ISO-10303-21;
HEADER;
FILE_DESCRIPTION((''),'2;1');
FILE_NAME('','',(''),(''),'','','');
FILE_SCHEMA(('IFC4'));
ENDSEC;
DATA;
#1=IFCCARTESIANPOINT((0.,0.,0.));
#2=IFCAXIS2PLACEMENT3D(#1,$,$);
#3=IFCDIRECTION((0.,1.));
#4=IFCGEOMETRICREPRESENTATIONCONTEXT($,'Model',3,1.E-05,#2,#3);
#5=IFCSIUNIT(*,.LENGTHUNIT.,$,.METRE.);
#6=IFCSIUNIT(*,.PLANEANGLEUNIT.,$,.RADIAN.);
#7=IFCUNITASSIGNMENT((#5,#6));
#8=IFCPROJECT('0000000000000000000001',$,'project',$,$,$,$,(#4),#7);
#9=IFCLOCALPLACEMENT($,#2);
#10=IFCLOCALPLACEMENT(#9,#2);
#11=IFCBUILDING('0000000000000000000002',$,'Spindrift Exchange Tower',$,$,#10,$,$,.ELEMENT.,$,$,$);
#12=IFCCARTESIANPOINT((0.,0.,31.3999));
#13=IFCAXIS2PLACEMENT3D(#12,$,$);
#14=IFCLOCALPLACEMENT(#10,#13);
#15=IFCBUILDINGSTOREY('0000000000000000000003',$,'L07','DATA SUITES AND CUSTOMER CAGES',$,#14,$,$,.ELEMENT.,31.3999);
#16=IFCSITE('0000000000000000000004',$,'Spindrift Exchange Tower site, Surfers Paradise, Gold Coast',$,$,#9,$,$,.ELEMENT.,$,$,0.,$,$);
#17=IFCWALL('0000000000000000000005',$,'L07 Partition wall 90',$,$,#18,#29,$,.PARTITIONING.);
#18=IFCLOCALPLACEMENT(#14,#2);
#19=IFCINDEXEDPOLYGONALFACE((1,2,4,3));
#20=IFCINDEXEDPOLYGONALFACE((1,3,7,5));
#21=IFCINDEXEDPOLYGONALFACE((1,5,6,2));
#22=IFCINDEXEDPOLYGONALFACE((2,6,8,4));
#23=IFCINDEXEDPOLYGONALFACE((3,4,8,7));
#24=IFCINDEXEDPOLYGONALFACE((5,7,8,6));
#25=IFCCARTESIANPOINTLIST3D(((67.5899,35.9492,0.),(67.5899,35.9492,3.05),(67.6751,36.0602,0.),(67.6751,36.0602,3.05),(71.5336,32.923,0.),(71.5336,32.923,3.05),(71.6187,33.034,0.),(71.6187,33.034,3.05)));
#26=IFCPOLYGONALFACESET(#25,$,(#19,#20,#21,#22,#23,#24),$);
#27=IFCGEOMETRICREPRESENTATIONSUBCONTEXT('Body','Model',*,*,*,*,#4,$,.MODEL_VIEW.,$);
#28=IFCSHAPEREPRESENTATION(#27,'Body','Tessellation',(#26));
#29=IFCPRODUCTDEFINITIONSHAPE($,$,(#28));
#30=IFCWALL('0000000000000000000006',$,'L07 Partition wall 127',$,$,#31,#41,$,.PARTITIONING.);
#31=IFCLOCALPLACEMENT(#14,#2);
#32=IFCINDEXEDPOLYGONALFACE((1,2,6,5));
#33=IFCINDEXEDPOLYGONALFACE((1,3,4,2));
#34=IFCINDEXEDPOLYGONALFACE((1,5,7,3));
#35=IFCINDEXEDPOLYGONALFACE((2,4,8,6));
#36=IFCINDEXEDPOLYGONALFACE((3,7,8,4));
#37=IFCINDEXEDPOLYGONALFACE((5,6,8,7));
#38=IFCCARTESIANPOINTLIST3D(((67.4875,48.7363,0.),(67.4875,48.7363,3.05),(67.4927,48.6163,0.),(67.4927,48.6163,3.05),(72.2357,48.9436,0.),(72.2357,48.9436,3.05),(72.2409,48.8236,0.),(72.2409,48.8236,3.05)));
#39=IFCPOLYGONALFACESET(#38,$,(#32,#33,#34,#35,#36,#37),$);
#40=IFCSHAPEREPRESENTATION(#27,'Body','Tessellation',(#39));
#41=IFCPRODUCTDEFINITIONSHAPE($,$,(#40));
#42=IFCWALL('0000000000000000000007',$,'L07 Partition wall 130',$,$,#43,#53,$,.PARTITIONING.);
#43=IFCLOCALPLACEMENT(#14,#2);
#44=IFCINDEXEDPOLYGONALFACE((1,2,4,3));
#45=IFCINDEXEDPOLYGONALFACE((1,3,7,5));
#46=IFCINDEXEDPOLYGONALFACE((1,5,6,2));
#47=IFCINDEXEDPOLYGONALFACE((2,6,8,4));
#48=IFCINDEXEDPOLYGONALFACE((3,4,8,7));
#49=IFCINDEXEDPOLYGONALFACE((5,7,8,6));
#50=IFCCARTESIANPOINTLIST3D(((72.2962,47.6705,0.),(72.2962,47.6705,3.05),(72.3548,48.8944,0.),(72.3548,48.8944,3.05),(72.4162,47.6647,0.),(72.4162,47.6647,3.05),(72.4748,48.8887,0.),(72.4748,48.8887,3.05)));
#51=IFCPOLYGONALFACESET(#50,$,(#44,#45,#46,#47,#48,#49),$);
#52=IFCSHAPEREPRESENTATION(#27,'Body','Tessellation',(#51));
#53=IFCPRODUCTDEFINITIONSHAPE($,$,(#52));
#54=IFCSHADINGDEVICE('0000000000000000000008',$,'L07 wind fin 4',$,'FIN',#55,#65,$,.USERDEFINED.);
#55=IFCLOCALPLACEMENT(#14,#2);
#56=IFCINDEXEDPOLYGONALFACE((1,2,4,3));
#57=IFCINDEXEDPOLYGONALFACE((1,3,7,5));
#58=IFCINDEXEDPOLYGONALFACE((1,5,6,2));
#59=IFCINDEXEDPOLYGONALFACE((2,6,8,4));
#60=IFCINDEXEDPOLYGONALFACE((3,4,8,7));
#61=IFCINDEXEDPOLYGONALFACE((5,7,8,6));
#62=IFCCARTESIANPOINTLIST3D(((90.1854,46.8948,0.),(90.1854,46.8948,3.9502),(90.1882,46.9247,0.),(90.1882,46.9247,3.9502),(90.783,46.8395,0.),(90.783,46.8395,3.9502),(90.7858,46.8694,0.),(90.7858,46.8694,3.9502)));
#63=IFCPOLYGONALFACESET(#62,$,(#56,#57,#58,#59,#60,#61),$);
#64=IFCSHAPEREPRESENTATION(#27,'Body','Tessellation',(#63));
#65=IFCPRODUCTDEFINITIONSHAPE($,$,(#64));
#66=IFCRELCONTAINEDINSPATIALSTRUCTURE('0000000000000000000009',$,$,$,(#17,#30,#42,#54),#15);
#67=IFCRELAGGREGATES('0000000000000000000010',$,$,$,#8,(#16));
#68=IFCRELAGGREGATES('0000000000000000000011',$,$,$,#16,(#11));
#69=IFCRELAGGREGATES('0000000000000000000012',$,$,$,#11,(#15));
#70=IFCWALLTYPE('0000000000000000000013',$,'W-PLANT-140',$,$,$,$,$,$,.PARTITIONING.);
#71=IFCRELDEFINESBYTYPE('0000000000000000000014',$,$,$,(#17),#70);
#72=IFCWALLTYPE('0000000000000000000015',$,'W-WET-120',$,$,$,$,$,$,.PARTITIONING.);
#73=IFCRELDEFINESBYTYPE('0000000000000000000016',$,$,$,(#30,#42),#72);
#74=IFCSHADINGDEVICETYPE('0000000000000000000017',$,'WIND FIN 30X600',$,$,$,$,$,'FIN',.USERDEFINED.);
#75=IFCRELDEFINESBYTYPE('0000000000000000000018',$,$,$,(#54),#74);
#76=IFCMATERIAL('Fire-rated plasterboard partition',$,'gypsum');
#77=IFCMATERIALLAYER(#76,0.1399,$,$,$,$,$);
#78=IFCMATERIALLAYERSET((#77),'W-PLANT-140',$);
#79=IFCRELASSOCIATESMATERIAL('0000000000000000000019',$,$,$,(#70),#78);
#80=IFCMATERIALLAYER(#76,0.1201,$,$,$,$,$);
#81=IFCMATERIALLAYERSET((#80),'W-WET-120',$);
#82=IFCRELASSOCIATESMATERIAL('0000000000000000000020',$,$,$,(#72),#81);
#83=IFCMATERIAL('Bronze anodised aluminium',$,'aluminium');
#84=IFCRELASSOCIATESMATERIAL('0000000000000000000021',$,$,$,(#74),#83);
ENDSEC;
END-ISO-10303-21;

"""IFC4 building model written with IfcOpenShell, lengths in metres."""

from ifc_helpers import new_model, si_unit, direction, frame, frame_2d, origin, origin_2d, place, context, subcontext, project, spatial, rectangle, extrude, source, transform, mapped, material, layer, layer_set, material_profile, profile_set, type_object, element, save


model = new_model("IFC4")

# Units and contexts
model_context = context("Model", 3, precision=1e-05, world=origin(), true_north=direction((0.0, 1.0)))
body_context = subcontext(model_context, "Body", "Model", "MODEL_VIEW")
ifc_project = project(units=[si_unit("LENGTHUNIT", "METRE"), si_unit("PLANEANGLEUNIT", "RADIAN")], contexts=[model_context])

# Site, building, storey
site_placement = place(None, origin())
site = spatial("IfcSite", under=ifc_project, at=site_placement, Name="Spindrift Exchange Tower site, Surfers Paradise, Gold Coast", CompositionType="ELEMENT", RefElevation=0.0)
building_placement = place(site_placement, origin())
building = spatial("IfcBuilding", under=site, at=building_placement, Name="Spindrift Exchange Tower", CompositionType="ELEMENT")
storey_placement = place(building_placement, frame((0.0, 0.0, 31.3999)))
storey = spatial("IfcBuildingStorey", under=building, at=storey_placement, Name="L07", Description="DATA SUITES AND CUSTOMER CAGES", CompositionType="ELEMENT", Elevation=31.3999)

# Shared definitions
ifc_material_1 = material(Name="Bronze anodised aluminium", Category="aluminium")

# Shared definitions
ifc_material_2 = material(Name="Fire-rated plasterboard partition", Category="gypsum")

# Walls
ifc_layer_1 = layer(ifc_material_2, 0.1399)
ifc_layer_set_1 = layer_set([ifc_layer_1], Name="W-PLANT-140")
wall_type_1 = type_object("IfcWallType", Name="W-PLANT-140", PredefinedType="PARTITIONING", material=ifc_layer_set_1)
wall_1_placement = place(storey_placement, frame((67.6326, 36.0046, 0.0), z_axis=(0.0, 0.0, 1.0), x_axis=(0.793345, -0.608773, 0.0)))
element("IfcWall", 1, at=wall_1_placement, inside=storey, type_object=wall_type_1, Name="L07 Partition wall 90", PredefinedType="PARTITIONING", context=body_context, shape_type="SweptSolid", body=[
    extrude(rectangle(XDim=4.9709, YDim=0.1399, at=frame_2d((2.4854, 0.0))), origin(), (0.0, 0.0, 1.0), 3.05),
])
ifc_layer_2 = layer(ifc_material_2, 0.1201)
ifc_layer_set_2 = layer_set([ifc_layer_2], Name="W-WET-120")
wall_type_2 = type_object("IfcWallType", Name="W-WET-120", PredefinedType="PARTITIONING", material=ifc_layer_set_2)
wall_2_placement = place(storey_placement, frame((67.49, 48.6763, 0.0), z_axis=(0.0, 0.0, 1.0), x_axis=(0.999048, 0.043613, 0.0)))
element("IfcWall", 2, at=wall_2_placement, inside=storey, type_object=wall_type_2, Name="L07 Partition wall 127", PredefinedType="PARTITIONING", context=body_context, shape_type="SweptSolid", body=[
    extrude(rectangle(XDim=4.7527, YDim=0.1201, at=frame_2d((2.3765, 0.0))), origin(), (0.0, 0.0, 1.0), 3.05),
])
wall_3_placement = place(storey_placement, frame((72.3562, 47.6675, 0.0), z_axis=(0.0, 0.0, 1.0), x_axis=(0.047821, 0.998856, 0.0)))
element("IfcWall", 3, at=wall_3_placement, inside=storey, type_object=wall_type_2, Name="L07 Partition wall 130", PredefinedType="PARTITIONING", context=body_context, shape_type="SweptSolid", body=[
    extrude(rectangle(XDim=1.2253, YDim=0.1201, at=frame_2d((0.6128, 0.0))), origin(), (0.0, 0.0, 1.0), 3.05),
])

# Shading device
ifc_material_profile_1 = material_profile(ifc_material_1, rectangle(XDim=0.03, YDim=0.6001, at=origin_2d()), Name="WIND FIN 30X600")
ifc_profile_set_1 = profile_set([ifc_material_profile_1], Name="Bronze anodised aluminium")
shading_device_type = type_object("IfcShadingDeviceType", Name="WIND FIN 30X600", ElementType="FIN", PredefinedType="USERDEFINED", material=ifc_profile_set_1)
shared_shape_1 = source(origin(), body_context, "Body", "SweptSolid", [
    extrude(rectangle(XDim=0.03, YDim=0.6001, at=origin_2d()), origin(), (0.0, 0.0, 1.0), 3.9502),
])
shading_device_placement = place(storey_placement, frame((90.4856, 46.8821, 0.0), z_axis=(0.0, 0.0, 1.0), x_axis=(0.092101, 0.99575, 0.0)))
element("IfcShadingDevice", 4, at=shading_device_placement, inside=storey, type_object=shading_device_type, Name="L07 wind fin 4", ObjectType="FIN", PredefinedType="USERDEFINED", context=body_context, shape_type="MappedRepresentation", body=[
    mapped(shared_shape_1, transform((0.0, 0.0, 0.0), scale=1.0)),
])

save(model, "model.ifc")
